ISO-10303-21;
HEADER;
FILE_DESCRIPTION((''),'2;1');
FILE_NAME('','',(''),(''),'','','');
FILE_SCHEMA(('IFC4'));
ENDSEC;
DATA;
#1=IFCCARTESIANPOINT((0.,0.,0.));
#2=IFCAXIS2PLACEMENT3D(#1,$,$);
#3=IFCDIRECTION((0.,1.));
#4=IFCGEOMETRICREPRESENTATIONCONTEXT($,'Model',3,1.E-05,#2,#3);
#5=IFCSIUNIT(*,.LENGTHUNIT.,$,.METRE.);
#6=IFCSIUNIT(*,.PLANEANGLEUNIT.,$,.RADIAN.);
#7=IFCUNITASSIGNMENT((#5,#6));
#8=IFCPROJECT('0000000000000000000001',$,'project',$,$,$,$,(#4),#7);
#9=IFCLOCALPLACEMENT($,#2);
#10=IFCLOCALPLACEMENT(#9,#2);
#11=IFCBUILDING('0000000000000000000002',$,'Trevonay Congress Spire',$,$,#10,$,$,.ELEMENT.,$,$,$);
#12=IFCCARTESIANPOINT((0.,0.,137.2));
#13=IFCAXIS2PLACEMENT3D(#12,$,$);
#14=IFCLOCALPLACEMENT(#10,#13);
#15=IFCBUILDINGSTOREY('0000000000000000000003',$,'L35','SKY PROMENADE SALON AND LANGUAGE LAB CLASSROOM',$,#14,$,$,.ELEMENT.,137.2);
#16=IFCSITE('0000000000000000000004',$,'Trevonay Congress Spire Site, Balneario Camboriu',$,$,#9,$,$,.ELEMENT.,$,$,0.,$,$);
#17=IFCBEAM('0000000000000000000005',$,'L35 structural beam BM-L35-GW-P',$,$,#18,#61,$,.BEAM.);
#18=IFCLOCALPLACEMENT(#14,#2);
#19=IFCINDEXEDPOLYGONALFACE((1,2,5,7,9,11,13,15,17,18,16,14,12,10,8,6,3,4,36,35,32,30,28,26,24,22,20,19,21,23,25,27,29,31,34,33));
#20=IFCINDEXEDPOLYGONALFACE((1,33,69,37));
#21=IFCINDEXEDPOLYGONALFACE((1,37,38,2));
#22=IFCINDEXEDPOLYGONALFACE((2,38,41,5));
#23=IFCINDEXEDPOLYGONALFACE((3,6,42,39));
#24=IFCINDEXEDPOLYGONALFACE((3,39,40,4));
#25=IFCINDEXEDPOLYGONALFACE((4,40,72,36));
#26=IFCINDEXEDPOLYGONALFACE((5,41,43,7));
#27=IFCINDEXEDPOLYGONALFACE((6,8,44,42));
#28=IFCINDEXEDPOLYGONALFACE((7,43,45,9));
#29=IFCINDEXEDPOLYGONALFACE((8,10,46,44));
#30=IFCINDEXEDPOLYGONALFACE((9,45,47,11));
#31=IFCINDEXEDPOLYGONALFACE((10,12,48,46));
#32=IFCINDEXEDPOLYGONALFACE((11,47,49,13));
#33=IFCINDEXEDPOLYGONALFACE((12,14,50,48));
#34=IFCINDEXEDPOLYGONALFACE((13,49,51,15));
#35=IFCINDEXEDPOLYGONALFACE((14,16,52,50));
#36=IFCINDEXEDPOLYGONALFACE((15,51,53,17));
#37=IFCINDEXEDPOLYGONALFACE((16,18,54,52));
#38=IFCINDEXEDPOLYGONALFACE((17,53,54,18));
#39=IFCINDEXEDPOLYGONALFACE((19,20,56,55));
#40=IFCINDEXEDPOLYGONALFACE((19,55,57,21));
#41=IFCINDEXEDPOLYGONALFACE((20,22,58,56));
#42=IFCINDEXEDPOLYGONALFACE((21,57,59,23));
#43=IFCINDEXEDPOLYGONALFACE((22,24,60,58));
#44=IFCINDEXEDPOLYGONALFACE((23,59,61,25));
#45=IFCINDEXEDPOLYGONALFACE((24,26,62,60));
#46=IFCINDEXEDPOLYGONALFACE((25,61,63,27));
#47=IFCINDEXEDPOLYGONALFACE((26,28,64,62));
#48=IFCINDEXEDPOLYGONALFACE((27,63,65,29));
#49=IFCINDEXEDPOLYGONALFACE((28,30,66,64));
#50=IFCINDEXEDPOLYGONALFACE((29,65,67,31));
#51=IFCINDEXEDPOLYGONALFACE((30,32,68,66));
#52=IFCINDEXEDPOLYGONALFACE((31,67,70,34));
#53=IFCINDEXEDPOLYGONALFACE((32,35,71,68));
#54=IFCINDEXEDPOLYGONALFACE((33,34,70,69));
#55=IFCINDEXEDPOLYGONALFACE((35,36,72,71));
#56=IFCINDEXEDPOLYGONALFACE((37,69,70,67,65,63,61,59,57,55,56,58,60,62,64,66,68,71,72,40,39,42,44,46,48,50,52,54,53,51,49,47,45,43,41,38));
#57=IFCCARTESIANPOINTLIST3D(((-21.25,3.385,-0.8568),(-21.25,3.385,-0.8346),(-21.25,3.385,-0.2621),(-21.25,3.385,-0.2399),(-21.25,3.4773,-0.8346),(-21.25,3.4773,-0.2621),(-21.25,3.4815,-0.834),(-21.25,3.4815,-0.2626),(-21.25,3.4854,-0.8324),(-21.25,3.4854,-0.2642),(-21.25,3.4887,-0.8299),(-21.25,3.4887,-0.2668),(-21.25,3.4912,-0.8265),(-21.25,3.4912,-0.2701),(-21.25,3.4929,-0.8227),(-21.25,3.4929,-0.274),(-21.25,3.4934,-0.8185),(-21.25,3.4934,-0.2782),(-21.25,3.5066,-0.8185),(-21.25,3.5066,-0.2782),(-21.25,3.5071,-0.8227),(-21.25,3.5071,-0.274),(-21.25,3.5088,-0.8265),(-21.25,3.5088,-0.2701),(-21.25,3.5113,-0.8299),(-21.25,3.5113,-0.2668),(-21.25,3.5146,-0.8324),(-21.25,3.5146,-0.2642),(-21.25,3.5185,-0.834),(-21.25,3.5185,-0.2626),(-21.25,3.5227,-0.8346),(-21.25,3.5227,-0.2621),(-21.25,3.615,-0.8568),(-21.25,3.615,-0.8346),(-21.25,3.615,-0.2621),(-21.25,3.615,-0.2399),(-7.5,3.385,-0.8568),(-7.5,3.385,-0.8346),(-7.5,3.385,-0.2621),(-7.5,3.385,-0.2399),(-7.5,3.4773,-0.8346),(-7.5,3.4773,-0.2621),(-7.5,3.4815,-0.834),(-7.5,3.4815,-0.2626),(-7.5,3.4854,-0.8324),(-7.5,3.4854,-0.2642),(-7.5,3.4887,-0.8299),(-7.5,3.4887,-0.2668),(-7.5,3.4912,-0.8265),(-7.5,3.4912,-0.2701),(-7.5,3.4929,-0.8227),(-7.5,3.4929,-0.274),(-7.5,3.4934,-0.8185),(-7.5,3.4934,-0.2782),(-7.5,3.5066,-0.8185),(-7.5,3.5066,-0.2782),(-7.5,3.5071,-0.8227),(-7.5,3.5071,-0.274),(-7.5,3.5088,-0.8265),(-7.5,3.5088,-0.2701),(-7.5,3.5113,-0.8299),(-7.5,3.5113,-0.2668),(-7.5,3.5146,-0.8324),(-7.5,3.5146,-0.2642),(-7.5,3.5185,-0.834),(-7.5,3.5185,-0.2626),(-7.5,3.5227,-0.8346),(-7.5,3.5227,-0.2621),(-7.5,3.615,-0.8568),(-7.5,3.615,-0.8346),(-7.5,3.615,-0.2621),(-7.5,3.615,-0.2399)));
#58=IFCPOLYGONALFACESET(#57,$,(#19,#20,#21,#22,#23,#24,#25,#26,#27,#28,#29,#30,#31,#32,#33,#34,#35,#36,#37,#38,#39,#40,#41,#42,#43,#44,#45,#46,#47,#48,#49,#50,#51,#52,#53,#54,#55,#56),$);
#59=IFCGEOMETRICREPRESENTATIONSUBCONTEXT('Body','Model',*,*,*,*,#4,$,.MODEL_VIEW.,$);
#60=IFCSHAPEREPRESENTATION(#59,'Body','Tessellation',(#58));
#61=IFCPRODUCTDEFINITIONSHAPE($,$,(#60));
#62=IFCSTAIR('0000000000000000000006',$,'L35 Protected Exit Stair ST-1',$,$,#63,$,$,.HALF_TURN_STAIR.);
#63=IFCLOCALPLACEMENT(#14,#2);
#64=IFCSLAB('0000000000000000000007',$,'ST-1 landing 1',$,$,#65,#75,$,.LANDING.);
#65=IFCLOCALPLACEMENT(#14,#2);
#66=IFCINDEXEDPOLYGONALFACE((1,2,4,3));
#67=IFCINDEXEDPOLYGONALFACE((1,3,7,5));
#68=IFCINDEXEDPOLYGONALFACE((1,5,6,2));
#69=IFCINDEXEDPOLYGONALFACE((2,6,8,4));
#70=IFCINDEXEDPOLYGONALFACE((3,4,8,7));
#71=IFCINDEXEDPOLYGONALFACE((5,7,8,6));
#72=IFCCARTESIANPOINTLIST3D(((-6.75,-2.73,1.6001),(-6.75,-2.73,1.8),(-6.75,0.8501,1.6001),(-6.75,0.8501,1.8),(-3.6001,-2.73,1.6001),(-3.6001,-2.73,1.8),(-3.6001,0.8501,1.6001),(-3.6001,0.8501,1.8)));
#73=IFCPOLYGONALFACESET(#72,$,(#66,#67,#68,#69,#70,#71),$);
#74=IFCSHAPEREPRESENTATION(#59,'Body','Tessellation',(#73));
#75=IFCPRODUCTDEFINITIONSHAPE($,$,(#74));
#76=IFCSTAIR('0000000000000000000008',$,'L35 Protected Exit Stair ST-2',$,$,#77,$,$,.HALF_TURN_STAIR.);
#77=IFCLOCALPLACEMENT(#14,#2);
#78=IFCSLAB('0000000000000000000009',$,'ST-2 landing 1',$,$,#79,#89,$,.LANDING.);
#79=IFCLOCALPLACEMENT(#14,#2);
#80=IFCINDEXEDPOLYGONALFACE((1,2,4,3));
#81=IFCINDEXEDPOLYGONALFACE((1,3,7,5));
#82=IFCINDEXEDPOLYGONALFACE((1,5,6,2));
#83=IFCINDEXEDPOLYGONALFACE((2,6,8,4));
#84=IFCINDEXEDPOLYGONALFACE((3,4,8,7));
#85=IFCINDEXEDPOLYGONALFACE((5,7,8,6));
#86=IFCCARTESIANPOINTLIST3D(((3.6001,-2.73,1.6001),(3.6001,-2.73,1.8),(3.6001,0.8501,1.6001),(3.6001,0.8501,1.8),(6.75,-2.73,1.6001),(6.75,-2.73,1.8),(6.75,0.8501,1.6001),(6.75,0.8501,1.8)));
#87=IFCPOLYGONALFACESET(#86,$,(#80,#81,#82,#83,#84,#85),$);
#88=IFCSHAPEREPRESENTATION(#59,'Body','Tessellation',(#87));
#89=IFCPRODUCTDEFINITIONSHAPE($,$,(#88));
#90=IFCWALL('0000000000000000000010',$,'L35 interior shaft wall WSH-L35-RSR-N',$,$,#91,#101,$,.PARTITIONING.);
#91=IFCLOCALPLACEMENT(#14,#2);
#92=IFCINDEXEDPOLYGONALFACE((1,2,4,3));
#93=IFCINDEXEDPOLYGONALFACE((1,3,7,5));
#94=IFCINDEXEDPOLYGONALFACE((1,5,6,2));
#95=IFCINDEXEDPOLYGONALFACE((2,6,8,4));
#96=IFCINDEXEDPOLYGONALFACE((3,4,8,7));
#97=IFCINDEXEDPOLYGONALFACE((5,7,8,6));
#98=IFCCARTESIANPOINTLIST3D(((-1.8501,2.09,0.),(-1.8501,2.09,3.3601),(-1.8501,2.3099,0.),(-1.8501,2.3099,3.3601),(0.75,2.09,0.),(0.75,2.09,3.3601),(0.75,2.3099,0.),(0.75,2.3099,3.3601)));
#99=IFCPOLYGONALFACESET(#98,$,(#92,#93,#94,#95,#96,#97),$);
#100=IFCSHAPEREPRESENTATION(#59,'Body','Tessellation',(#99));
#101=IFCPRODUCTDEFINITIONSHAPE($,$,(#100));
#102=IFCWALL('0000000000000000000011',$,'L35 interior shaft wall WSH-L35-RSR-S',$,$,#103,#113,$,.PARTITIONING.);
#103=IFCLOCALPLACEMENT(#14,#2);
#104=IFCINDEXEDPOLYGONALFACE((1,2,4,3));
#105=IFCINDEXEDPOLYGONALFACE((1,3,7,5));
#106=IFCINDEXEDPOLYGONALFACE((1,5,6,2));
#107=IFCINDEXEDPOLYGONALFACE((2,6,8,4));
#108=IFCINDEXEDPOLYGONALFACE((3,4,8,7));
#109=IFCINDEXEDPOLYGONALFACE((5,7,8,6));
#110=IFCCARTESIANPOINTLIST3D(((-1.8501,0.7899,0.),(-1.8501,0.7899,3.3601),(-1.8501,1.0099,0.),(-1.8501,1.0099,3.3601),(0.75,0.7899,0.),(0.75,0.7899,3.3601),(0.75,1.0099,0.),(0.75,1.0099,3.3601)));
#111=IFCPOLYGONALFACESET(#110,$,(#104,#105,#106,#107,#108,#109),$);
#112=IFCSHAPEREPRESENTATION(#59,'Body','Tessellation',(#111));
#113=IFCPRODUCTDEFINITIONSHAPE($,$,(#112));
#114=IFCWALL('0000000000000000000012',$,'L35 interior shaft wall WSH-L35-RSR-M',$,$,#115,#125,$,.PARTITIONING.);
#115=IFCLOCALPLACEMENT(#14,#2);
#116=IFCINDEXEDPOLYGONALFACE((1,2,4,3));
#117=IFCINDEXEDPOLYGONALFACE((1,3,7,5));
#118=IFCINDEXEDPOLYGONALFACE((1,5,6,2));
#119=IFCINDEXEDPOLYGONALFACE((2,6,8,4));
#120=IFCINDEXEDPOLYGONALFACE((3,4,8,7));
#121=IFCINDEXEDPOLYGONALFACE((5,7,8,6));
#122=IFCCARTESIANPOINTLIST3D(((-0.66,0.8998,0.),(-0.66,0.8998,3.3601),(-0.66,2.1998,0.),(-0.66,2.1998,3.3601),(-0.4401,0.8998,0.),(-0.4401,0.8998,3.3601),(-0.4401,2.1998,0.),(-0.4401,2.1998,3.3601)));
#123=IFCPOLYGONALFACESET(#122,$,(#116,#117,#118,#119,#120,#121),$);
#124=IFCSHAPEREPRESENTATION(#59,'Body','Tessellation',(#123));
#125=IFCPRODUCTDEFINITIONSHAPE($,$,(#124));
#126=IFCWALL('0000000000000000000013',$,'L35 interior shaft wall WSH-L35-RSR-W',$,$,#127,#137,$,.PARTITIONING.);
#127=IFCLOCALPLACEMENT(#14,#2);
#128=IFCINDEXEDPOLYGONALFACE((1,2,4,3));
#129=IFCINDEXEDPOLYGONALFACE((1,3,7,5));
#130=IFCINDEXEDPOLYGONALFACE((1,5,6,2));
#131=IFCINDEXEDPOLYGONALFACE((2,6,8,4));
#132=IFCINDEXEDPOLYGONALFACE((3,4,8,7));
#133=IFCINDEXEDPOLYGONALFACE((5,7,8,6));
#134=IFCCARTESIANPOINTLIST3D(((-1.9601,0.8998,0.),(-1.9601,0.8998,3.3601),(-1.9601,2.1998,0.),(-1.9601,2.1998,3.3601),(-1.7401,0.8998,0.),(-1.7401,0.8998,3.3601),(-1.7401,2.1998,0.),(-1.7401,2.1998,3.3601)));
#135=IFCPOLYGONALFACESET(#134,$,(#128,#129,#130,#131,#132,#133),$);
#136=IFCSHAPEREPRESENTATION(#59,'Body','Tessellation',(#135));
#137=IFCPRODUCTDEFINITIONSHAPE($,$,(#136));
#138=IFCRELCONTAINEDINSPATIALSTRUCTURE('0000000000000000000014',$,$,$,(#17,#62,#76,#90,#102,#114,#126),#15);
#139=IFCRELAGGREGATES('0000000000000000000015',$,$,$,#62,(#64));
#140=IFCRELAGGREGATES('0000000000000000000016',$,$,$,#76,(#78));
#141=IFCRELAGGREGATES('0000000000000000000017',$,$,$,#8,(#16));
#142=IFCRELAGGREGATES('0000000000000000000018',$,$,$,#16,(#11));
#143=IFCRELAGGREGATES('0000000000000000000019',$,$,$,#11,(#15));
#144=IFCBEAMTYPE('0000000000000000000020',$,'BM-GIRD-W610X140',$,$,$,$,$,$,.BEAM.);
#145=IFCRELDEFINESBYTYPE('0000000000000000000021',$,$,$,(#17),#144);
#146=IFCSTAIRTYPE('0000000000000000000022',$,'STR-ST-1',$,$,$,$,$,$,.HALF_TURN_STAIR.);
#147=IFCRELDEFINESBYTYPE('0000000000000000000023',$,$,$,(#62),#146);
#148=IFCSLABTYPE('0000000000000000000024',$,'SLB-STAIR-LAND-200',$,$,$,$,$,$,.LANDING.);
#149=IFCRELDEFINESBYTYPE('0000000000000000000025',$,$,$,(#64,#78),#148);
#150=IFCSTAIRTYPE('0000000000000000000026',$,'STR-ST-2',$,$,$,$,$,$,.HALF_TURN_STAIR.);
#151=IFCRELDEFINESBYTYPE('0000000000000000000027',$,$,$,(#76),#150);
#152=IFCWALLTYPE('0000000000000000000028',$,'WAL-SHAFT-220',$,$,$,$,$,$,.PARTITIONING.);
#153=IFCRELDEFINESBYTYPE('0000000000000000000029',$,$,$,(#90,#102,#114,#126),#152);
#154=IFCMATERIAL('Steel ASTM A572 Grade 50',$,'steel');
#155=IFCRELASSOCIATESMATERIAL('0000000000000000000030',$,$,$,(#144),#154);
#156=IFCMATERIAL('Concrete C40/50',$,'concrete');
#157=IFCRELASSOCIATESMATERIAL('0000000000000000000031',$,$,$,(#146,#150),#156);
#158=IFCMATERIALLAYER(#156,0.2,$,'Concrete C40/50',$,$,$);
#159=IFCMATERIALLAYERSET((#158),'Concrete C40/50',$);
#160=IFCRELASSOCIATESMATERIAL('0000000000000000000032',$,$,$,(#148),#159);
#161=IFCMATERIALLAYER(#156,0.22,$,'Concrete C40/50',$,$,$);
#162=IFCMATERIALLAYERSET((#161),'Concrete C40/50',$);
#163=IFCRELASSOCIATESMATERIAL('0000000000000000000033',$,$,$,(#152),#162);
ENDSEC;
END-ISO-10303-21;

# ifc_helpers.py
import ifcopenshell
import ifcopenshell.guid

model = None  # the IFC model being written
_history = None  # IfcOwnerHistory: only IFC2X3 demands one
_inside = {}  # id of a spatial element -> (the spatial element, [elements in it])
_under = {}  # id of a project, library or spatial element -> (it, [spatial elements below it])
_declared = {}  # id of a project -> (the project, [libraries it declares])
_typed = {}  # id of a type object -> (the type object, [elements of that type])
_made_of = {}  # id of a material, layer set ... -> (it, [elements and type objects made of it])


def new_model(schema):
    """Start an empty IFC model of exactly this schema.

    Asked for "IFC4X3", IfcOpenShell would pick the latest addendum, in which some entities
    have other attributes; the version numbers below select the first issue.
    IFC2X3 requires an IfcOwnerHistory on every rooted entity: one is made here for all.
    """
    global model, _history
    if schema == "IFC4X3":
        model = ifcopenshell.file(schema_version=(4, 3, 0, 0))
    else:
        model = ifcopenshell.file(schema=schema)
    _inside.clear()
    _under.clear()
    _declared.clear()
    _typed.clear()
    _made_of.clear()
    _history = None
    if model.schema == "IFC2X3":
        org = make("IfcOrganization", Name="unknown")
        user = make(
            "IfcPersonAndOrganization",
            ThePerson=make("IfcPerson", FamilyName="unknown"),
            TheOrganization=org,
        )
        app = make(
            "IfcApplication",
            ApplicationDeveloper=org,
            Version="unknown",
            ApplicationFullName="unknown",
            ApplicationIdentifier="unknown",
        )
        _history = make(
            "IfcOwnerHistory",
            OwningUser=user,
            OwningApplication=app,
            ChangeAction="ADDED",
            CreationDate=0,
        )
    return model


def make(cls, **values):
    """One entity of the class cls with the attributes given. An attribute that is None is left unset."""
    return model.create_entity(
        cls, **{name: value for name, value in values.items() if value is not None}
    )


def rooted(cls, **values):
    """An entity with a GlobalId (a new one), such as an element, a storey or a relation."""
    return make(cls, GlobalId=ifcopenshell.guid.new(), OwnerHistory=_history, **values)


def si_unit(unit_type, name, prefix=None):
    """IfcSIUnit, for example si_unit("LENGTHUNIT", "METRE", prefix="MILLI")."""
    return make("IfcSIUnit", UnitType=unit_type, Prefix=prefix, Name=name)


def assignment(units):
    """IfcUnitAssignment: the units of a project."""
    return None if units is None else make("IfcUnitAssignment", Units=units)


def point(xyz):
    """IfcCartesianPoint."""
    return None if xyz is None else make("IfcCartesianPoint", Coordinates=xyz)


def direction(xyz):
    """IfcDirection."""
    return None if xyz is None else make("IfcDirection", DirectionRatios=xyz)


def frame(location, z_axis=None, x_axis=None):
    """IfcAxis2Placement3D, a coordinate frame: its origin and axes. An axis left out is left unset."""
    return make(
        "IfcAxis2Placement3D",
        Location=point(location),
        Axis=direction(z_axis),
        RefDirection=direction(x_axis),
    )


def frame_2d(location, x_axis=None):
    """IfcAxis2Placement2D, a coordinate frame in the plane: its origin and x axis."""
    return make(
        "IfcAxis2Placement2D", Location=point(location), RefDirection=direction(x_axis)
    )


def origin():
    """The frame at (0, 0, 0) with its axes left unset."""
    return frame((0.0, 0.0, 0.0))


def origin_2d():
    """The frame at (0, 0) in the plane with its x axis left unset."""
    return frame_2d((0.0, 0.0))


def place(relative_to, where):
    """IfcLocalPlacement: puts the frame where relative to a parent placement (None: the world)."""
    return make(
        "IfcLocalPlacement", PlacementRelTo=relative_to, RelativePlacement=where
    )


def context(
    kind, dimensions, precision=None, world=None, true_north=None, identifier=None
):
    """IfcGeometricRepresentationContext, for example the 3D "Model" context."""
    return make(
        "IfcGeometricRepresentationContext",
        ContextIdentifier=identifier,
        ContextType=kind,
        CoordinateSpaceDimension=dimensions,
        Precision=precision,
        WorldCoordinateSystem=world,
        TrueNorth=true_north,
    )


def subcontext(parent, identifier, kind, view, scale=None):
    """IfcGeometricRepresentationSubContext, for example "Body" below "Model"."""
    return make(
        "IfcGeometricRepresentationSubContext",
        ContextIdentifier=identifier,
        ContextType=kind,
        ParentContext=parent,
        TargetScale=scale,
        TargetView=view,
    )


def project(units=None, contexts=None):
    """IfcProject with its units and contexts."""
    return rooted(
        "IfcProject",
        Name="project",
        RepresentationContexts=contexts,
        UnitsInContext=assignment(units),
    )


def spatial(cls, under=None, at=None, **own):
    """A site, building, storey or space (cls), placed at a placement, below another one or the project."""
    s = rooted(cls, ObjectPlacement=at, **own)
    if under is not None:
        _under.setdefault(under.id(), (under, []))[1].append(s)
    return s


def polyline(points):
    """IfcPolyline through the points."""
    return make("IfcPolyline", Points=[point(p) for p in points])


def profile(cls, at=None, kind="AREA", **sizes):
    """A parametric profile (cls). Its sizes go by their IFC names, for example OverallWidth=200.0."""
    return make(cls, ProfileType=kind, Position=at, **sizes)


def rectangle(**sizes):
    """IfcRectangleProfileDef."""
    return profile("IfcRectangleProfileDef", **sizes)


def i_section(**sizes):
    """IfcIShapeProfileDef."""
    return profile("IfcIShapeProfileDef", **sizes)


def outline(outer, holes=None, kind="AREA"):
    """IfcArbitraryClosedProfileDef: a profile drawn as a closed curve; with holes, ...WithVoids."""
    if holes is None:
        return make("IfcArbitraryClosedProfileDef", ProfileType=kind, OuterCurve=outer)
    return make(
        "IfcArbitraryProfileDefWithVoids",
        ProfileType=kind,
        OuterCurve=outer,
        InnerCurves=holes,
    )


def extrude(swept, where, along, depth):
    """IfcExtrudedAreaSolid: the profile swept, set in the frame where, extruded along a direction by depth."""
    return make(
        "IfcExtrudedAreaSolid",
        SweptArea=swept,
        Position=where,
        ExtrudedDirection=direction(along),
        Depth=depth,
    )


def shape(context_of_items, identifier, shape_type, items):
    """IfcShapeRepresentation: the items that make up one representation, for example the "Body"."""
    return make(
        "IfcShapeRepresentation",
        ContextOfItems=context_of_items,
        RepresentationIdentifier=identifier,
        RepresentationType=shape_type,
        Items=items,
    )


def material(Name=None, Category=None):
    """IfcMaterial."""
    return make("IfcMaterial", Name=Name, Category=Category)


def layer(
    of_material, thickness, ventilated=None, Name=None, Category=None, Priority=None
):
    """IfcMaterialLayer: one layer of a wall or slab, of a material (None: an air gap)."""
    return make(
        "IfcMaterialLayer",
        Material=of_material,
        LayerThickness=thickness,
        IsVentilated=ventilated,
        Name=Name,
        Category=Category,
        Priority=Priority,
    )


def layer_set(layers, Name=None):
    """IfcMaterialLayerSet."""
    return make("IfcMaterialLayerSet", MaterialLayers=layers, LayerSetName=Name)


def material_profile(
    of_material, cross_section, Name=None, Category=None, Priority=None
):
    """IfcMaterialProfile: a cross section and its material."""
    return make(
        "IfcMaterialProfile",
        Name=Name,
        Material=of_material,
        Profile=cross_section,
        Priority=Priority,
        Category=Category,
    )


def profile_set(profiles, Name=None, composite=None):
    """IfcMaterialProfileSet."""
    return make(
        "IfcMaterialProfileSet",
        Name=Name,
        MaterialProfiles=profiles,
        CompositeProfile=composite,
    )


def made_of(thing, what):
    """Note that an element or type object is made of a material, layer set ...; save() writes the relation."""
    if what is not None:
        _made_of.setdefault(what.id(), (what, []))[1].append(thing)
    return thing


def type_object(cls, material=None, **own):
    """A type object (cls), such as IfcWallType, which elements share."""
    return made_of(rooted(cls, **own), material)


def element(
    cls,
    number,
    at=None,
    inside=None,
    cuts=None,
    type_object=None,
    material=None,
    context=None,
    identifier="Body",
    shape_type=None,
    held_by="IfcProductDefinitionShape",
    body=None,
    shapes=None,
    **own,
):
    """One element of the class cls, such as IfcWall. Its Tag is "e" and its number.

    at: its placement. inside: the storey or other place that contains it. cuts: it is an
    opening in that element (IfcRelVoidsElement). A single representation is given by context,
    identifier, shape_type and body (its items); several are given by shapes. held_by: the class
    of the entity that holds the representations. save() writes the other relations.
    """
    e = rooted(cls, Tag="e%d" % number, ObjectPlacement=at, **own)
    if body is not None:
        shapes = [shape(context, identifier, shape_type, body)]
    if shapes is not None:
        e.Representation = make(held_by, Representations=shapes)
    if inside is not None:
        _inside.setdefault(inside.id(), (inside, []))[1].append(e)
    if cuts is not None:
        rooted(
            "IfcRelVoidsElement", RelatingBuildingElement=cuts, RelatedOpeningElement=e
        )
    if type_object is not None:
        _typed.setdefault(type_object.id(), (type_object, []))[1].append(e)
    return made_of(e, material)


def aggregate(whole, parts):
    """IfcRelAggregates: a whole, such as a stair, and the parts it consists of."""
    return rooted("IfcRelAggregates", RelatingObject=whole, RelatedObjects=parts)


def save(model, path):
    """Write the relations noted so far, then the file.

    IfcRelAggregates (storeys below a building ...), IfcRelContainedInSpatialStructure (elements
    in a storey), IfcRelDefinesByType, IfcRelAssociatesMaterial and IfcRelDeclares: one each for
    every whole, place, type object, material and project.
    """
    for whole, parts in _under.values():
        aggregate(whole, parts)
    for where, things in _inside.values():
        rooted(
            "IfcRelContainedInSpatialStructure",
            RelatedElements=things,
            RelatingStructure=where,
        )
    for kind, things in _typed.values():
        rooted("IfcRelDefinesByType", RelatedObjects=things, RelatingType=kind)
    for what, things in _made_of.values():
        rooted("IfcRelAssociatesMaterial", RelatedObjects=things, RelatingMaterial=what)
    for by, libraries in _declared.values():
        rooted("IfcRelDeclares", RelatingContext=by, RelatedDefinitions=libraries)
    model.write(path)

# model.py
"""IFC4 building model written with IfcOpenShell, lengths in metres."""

from ifc_helpers import new_model, si_unit, direction, frame, frame_2d, origin, origin_2d, place, context, subcontext, project, spatial, polyline, rectangle, i_section, outline, extrude, material, layer, layer_set, material_profile, profile_set, type_object, element, aggregate, save


model = new_model("IFC4")

# Units and contexts
model_context = context("Model", 3, precision=1e-05, world=origin(), true_north=direction((0.0, 1.0)))
body_context = subcontext(model_context, "Body", "Model", "MODEL_VIEW")
ifc_project = project(units=[si_unit("LENGTHUNIT", "METRE"), si_unit("PLANEANGLEUNIT", "RADIAN")], contexts=[model_context])

# Site, building, storey
site_placement = place(None, origin())
site = spatial("IfcSite", under=ifc_project, at=site_placement, Name="Trevonay Congress Spire Site, Balneario Camboriu", CompositionType="ELEMENT", RefElevation=0.0)
building_placement = place(site_placement, origin())
building = spatial("IfcBuilding", under=site, at=building_placement, Name="Trevonay Congress Spire", CompositionType="ELEMENT")
storey_placement = place(building_placement, frame((0.0, 0.0, 137.2)))
storey = spatial("IfcBuildingStorey", under=building, at=storey_placement, Name="L35", Description="SKY PROMENADE SALON AND LANGUAGE LAB CLASSROOM", CompositionType="ELEMENT", Elevation=137.2)

# Beam
ifc_material_1 = material(Name="Steel ASTM A572 Grade 50", Category="steel")
ifc_material_profile = material_profile(ifc_material_1, i_section(OverallWidth=0.23, OverallDepth=0.6169, WebThickness=0.0132, FlangeThickness=0.0222, FilletRadius=0.0161, at=origin_2d()), Name="W610x140")
ifc_profile_set = profile_set([ifc_material_profile], Name="Steel ASTM A572 Grade 50")
beam_type = type_object("IfcBeamType", Name="BM-GIRD-W610X140", PredefinedType="BEAM", material=ifc_profile_set)
beam_placement = place(storey_placement, frame((-7.5, 3.5, -0.5483), z_axis=(-1.0, 0.0, 0.0), x_axis=(0.0, -1.0, 0.0)))
element("IfcBeam", 1, at=beam_placement, inside=storey, type_object=beam_type, Name="L35 structural beam BM-L35-GW-P", PredefinedType="BEAM", context=body_context, shape_type="SweptSolid", body=[
    extrude(i_section(OverallWidth=0.23, OverallDepth=0.6169, WebThickness=0.0132, FlangeThickness=0.0222, FilletRadius=0.0161, at=origin_2d()), origin(), (0.0, 0.0, 1.0), 13.75),
])

# Stairs, slabs
ifc_material_2 = material(Name="Concrete C40/50", Category="concrete")
stair_type_1 = type_object("IfcStairType", Name="STR-ST-1", PredefinedType="HALF_TURN_STAIR", material=ifc_material_2)
stair_1_placement = place(storey_placement, origin())
stair_1 = element("IfcStair", 2, at=stair_1_placement, inside=storey, type_object=stair_type_1, Name="L35 Protected Exit Stair ST-1", PredefinedType="HALF_TURN_STAIR")
ifc_layer_1 = layer(ifc_material_2, 0.2, Name="Concrete C40/50")
ifc_layer_set_1 = layer_set([ifc_layer_1], Name="Concrete C40/50")
slab_type = type_object("IfcSlabType", Name="SLB-STAIR-LAND-200", PredefinedType="LANDING", material=ifc_layer_set_1)
slab_1_placement = place(storey_placement, frame((0.0, 0.0, 1.6001)))
slab_1 = element("IfcSlab", 3, at=slab_1_placement, type_object=slab_type, Name="ST-1 landing 1", PredefinedType="LANDING", context=body_context, shape_type="SweptSolid", body=[
    extrude(outline(polyline([(-3.6001, -2.73), (-3.6001, 0.8501), (-6.75, 0.8501), (-6.75, -2.73), (-3.6001, -2.73)])), origin(), (0.0, 0.0, 1.0), 0.2),
])
aggregate(stair_1, [slab_1])
stair_type_2 = type_object("IfcStairType", Name="STR-ST-2", PredefinedType="HALF_TURN_STAIR", material=ifc_material_2)
stair_2_placement = place(storey_placement, origin())
stair_2 = element("IfcStair", 4, at=stair_2_placement, inside=storey, type_object=stair_type_2, Name="L35 Protected Exit Stair ST-2", PredefinedType="HALF_TURN_STAIR")
slab_2_placement = place(storey_placement, frame((0.0, 0.0, 1.6001)))
slab_2 = element("IfcSlab", 5, at=slab_2_placement, type_object=slab_type, Name="ST-2 landing 1", PredefinedType="LANDING", context=body_context, shape_type="SweptSolid", body=[
    extrude(outline(polyline([(6.75, -2.73), (6.75, 0.8501), (3.6001, 0.8501), (3.6001, -2.73), (6.75, -2.73)])), origin(), (0.0, 0.0, 1.0), 0.2),
])
aggregate(stair_2, [slab_2])

# Walls
ifc_layer_2 = layer(ifc_material_2, 0.22, Name="Concrete C40/50")
ifc_layer_set_2 = layer_set([ifc_layer_2], Name="Concrete C40/50")
wall_type_1 = type_object("IfcWallType", Name="WAL-SHAFT-220", PredefinedType="PARTITIONING", material=ifc_layer_set_2)
for number, where, z_axis, x_axis, name in (
    (6, (-1.8501, 2.2, 0.0), (0.0, 0.0, 1.0), (1.0, 0.0, 0.0), "L35 interior shaft wall WSH-L35-RSR-N"),
    (7, (-1.8501, 0.8999, 0.0), (0.0, 0.0, 1.0), (1.0, 0.0, 0.0), "L35 interior shaft wall WSH-L35-RSR-S"),
):
    element("IfcWall", number, at=place(storey_placement, frame(where, z_axis=z_axis, x_axis=x_axis)), inside=storey, type_object=wall_type_1, Name=name, PredefinedType="PARTITIONING", context=body_context, shape_type="SweptSolid", body=[
        extrude(rectangle(XDim=2.6001, YDim=0.22, at=frame_2d((1.3, 0.0))), origin(), (0.0, 0.0, 1.0), 3.3601),
    ])
for number, where, z_axis, x_axis, name in (
    (8, (-0.55, 0.8999, 0.0), (0.0, 0.0, 1.0), (0.0, 1.0, 0.0), "L35 interior shaft wall WSH-L35-RSR-M"),
    (9, (-1.8501, 0.8999, 0.0), (0.0, 0.0, 1.0), (0.0, 1.0, 0.0), "L35 interior shaft wall WSH-L35-RSR-W"),
):
    element("IfcWall", number, at=place(storey_placement, frame(where, z_axis=z_axis, x_axis=x_axis)), inside=storey, type_object=wall_type_1, Name=name, PredefinedType="PARTITIONING", context=body_context, shape_type="SweptSolid", body=[
        extrude(rectangle(XDim=1.3, YDim=0.22, at=frame_2d((0.6499, 0.0))), origin(), (0.0, 0.0, 1.0), 3.3601),
    ])

save(model, "model.ifc")
